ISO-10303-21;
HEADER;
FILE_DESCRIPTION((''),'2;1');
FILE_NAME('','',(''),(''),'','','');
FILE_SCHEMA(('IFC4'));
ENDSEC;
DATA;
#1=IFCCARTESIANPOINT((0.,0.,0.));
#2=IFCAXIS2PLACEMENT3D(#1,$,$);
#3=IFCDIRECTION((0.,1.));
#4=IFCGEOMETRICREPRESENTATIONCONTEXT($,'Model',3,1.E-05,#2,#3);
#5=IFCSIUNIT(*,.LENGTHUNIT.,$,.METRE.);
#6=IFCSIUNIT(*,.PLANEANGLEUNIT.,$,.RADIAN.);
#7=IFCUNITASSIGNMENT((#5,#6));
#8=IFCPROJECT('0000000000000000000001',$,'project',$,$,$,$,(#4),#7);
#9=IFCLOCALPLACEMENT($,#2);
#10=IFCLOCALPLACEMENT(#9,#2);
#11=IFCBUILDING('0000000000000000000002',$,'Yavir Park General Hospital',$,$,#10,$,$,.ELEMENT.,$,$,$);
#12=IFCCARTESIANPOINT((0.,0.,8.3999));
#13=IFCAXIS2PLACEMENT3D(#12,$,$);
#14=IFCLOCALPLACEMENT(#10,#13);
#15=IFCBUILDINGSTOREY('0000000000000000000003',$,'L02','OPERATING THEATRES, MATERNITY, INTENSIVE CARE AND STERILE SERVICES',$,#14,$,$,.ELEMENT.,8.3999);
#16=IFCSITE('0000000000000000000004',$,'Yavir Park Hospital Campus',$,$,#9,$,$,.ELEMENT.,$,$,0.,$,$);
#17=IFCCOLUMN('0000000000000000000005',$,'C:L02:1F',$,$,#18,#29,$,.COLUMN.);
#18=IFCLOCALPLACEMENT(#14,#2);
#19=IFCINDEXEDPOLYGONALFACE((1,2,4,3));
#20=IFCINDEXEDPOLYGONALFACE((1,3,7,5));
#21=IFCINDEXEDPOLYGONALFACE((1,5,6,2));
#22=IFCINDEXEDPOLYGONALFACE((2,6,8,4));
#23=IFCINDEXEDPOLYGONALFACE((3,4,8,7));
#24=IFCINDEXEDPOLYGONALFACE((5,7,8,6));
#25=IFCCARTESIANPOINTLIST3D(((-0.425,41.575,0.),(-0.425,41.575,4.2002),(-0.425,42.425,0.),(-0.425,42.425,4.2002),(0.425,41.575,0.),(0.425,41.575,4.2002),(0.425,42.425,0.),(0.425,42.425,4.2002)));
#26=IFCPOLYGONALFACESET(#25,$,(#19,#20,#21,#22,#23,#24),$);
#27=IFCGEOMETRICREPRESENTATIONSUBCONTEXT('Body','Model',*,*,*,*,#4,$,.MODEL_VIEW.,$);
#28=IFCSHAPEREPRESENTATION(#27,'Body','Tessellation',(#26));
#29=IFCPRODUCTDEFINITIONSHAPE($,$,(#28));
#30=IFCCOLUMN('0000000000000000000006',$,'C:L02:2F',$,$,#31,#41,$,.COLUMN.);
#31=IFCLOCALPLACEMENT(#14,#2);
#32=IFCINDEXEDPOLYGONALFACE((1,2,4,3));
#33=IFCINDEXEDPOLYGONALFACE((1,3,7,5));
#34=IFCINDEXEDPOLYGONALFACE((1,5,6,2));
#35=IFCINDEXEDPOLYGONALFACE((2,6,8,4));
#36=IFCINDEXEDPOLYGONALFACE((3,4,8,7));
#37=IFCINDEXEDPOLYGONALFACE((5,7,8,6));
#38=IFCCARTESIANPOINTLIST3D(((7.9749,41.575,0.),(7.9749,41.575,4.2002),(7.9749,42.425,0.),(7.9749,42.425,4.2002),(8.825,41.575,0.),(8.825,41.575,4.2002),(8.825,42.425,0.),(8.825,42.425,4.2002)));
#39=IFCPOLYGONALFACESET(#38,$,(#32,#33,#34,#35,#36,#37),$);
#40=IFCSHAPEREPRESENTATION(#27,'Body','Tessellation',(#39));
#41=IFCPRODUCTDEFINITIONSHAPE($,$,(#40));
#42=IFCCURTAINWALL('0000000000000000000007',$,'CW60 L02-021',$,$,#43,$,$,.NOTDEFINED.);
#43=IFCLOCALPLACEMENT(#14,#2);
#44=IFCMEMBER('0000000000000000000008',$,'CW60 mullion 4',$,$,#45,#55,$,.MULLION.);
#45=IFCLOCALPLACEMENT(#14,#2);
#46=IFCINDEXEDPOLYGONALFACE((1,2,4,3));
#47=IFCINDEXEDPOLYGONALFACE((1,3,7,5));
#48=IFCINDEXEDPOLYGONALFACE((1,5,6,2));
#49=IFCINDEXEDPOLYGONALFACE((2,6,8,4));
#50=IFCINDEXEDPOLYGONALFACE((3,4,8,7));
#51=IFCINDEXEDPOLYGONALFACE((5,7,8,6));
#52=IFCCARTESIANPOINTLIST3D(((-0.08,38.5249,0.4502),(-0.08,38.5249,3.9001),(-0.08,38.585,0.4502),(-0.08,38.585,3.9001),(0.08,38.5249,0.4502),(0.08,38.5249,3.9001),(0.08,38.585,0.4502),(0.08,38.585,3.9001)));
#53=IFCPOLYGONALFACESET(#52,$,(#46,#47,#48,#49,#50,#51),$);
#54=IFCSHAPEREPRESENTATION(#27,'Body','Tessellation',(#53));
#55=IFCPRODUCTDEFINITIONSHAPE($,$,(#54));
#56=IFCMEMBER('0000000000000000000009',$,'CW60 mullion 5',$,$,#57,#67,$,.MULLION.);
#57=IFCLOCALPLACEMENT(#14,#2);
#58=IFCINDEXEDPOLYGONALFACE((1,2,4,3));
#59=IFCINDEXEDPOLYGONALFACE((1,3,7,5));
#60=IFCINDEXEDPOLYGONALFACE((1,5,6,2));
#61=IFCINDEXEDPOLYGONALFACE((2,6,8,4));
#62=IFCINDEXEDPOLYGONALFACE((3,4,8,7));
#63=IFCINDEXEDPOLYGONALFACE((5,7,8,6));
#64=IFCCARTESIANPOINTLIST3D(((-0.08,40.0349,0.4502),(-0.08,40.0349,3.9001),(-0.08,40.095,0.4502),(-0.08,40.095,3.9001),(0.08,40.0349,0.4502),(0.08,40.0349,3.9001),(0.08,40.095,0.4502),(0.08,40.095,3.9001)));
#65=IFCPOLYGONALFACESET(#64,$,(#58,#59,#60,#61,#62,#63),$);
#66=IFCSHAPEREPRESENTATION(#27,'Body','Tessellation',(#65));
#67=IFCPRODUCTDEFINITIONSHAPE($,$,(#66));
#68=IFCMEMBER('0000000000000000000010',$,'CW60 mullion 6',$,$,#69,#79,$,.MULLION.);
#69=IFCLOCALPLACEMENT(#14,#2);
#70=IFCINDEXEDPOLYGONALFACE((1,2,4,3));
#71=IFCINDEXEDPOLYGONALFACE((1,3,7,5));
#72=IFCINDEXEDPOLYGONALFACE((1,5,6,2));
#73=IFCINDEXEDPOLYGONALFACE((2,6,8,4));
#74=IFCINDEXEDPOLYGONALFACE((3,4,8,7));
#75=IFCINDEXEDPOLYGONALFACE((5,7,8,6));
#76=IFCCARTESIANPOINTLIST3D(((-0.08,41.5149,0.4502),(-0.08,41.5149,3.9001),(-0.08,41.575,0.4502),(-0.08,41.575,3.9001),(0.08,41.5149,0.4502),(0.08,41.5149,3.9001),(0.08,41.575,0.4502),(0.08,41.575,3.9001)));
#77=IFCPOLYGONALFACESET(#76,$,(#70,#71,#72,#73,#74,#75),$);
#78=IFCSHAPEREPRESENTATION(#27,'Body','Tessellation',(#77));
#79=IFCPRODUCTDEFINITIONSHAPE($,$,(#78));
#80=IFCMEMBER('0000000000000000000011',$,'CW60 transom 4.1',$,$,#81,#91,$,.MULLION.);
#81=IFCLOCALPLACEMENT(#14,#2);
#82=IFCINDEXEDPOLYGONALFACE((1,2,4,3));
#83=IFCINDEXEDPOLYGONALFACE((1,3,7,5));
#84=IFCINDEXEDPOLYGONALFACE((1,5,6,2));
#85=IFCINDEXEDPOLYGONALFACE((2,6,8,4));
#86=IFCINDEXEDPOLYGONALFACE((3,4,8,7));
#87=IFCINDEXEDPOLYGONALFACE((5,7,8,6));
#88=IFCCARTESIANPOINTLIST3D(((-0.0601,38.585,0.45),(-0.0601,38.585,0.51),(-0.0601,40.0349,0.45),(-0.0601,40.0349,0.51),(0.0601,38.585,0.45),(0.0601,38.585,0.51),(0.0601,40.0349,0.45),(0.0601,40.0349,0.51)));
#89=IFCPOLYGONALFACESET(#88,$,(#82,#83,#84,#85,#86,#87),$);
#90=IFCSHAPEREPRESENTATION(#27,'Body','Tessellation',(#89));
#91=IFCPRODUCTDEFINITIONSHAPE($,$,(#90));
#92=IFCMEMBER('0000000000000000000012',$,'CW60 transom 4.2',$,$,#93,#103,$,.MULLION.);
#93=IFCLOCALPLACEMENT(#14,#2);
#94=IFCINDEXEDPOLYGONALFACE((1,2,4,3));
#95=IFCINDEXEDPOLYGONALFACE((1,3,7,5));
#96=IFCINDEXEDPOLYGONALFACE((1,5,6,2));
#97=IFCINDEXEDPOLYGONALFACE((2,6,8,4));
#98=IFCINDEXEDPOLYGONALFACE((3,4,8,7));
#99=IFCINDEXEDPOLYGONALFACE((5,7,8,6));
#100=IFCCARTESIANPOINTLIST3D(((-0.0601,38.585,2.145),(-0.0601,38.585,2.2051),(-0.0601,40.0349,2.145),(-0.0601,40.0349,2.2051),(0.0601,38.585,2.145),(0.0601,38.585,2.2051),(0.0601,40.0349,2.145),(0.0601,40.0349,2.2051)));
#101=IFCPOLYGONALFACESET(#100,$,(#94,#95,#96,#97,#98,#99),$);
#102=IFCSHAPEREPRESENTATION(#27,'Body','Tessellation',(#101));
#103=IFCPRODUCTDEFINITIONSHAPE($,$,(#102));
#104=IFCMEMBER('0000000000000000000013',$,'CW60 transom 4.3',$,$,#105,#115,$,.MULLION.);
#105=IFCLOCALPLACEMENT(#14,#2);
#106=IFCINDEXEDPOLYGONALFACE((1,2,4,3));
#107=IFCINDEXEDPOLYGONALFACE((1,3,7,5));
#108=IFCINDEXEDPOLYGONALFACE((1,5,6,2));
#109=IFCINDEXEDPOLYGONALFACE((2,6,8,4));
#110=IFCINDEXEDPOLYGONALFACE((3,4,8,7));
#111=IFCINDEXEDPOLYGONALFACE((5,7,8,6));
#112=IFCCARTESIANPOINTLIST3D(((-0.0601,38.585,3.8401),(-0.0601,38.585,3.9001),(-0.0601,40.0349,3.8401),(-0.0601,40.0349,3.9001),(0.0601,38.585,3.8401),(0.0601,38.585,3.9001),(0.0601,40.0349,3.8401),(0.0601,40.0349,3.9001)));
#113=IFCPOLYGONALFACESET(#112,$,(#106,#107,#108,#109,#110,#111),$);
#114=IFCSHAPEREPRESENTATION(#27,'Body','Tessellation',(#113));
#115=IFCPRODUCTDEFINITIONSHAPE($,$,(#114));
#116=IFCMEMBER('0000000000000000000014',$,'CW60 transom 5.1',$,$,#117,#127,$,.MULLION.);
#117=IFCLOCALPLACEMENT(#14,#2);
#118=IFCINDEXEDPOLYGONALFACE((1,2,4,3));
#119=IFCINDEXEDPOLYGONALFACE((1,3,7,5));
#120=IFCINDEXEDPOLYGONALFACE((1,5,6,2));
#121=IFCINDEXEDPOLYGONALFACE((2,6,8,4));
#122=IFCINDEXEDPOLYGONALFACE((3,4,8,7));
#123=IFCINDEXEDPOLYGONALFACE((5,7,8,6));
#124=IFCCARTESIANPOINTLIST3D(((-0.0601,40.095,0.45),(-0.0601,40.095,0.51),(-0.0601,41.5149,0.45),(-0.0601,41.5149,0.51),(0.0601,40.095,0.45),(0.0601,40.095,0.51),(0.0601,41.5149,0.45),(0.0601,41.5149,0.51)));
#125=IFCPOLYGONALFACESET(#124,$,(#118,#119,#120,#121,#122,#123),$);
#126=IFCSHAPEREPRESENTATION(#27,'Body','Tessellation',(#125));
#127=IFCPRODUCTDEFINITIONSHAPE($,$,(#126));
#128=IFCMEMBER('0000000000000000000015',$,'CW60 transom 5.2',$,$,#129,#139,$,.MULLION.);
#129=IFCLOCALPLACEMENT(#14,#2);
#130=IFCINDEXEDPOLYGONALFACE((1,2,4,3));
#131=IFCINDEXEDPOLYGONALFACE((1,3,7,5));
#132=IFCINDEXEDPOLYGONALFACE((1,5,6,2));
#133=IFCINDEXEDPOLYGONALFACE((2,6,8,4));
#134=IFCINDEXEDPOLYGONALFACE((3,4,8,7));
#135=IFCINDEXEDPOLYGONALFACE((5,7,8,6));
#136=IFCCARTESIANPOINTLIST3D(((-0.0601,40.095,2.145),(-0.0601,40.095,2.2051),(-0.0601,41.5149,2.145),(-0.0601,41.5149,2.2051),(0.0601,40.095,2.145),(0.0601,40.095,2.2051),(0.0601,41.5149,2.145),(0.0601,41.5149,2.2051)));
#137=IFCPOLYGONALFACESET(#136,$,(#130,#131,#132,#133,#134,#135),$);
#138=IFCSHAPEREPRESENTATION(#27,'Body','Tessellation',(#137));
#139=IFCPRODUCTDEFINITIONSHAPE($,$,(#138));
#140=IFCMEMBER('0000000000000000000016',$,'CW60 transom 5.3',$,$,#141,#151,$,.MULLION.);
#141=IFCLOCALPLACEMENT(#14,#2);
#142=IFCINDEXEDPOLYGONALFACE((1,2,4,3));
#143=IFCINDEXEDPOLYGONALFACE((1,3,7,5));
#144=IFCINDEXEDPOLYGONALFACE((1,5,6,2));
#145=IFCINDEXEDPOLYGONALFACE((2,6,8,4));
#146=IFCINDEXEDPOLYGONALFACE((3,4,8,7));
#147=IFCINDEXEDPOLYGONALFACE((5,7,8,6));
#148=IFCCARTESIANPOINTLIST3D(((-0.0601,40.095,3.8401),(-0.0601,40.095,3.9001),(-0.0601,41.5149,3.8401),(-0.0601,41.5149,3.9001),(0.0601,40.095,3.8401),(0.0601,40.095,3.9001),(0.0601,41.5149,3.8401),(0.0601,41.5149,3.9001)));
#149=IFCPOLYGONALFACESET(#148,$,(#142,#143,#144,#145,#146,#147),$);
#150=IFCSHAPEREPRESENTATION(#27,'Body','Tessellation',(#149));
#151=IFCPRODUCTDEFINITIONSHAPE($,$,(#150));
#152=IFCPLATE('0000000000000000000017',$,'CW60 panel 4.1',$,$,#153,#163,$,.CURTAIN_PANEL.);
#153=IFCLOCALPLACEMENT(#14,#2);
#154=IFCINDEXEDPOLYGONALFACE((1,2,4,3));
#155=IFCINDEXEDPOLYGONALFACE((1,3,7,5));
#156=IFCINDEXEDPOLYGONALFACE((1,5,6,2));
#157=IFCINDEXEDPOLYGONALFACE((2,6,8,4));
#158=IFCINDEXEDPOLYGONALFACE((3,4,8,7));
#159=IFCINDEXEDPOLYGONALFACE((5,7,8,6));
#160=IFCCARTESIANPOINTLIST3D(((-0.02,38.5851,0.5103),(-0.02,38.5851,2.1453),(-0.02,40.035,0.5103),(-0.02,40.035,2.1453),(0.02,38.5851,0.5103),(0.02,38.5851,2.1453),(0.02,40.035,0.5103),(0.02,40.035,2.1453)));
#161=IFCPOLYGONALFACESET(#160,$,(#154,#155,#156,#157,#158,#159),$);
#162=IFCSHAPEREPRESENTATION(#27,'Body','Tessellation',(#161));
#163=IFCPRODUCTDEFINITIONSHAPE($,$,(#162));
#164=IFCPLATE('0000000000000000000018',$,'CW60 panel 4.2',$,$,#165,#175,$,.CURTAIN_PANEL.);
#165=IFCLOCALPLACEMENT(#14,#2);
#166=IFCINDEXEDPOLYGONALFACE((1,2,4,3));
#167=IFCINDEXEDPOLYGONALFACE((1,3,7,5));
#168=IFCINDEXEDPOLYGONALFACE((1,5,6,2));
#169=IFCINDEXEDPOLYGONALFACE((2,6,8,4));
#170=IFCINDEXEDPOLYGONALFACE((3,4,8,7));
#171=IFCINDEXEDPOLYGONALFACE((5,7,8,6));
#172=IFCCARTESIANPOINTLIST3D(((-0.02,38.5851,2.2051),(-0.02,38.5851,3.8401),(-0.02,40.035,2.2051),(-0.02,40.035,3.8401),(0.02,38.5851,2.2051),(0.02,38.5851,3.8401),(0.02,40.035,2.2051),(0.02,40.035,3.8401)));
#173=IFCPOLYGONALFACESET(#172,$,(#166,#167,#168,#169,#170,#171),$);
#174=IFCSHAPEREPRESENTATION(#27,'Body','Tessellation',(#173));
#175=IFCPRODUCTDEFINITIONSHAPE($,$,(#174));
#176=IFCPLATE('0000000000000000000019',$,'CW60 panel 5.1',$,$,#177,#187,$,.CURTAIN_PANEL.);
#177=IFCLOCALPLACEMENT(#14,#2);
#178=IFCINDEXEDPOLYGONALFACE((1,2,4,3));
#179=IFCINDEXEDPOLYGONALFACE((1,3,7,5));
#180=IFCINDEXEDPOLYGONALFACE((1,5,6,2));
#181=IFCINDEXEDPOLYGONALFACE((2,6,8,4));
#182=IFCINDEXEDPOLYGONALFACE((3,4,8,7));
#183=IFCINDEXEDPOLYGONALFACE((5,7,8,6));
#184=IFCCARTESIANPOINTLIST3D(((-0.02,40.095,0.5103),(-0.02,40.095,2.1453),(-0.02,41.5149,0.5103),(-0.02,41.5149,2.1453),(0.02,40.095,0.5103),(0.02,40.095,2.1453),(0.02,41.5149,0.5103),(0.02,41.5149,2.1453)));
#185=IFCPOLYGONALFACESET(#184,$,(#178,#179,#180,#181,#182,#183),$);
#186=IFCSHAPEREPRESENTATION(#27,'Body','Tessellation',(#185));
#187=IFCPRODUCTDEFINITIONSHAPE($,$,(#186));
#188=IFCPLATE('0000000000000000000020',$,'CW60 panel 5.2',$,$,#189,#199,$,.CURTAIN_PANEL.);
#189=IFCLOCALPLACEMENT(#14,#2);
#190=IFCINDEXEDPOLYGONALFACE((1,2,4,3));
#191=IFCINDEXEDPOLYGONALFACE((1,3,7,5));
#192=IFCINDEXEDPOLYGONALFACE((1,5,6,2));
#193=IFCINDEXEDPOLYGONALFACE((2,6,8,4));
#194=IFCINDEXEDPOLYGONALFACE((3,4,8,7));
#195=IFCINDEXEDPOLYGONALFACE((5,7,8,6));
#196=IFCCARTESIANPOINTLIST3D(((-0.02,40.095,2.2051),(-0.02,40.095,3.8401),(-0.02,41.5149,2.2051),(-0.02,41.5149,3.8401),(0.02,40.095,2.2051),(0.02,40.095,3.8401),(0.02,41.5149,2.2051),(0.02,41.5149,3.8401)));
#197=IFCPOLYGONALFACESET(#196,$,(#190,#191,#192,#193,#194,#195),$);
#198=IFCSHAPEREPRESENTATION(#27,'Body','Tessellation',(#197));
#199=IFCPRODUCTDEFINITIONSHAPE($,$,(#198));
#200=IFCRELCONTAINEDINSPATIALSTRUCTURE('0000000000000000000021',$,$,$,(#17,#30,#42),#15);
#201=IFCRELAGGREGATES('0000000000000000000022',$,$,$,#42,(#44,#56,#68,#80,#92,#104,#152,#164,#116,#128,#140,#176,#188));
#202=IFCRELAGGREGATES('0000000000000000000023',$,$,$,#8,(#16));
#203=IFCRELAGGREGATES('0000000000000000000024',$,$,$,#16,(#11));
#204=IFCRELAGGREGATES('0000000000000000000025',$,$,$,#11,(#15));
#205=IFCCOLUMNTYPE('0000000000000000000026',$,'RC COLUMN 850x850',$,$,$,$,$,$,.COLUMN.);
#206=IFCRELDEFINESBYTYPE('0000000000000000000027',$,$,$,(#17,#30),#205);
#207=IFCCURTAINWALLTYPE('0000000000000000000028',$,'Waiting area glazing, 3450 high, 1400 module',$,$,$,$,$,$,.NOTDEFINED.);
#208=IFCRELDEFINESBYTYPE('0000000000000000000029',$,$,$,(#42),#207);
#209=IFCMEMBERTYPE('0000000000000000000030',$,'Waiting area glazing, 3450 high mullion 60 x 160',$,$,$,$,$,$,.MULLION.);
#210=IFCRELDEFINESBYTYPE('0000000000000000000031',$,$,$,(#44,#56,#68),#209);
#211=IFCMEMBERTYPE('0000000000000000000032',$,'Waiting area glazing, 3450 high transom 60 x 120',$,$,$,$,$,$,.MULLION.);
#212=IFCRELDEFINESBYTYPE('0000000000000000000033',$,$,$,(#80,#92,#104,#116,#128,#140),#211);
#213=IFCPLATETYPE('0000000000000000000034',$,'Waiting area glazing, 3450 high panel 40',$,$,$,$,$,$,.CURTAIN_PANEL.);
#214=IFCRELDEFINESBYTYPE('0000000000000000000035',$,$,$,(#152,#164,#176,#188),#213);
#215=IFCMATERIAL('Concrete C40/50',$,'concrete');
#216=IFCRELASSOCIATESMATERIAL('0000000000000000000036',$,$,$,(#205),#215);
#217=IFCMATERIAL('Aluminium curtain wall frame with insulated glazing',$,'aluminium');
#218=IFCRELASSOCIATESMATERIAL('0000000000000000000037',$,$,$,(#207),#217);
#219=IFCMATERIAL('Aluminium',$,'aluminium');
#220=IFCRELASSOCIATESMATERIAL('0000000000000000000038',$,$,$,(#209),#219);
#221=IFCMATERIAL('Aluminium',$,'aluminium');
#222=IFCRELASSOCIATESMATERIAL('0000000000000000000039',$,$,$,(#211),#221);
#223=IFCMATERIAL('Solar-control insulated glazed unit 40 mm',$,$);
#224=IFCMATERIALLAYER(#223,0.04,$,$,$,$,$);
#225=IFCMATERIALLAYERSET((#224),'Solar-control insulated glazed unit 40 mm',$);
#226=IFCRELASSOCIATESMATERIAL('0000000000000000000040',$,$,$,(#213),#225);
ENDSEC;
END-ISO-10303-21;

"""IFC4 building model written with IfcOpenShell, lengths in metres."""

from ifc_helpers import new_model, si_unit, direction, frame, origin, origin_2d, place, context, subcontext, project, spatial, rectangle, extrude, material, layer, layer_set, material_profile, profile_set, type_object, element, aggregate, save


model = new_model("IFC4")

# Units and contexts
model_context = context("Model", 3, precision=1e-05, world=origin(), true_north=direction((0.0, 1.0)))
body_context = subcontext(model_context, "Body", "Model", "MODEL_VIEW")
ifc_project = project(units=[si_unit("LENGTHUNIT", "METRE"), si_unit("PLANEANGLEUNIT", "RADIAN")], contexts=[model_context])

# Site, building, storey
site_placement = place(None, origin())
site = spatial("IfcSite", under=ifc_project, at=site_placement, Name="Yavir Park Hospital Campus", CompositionType="ELEMENT", RefElevation=0.0)
building_placement = place(site_placement, origin())
building = spatial("IfcBuilding", under=site, at=building_placement, Name="Yavir Park General Hospital", CompositionType="ELEMENT")
storey_placement = place(building_placement, frame((0.0, 0.0, 8.3999)))
storey = spatial("IfcBuildingStorey", under=building, at=storey_placement, Name="L02", Description="OPERATING THEATRES, MATERNITY, INTENSIVE CARE AND STERILE SERVICES", CompositionType="ELEMENT", Elevation=8.3999)

# Columns
ifc_material_1 = material(Name="Concrete C40/50", Category="concrete")
ifc_material_profile_1 = material_profile(ifc_material_1, rectangle(XDim=0.8501, YDim=0.8501, at=origin_2d()), Name="RC850x850")
ifc_profile_set_1 = profile_set([ifc_material_profile_1], Name="Concrete C40/50")
column_type = type_object("IfcColumnType", Name="RC COLUMN 850x850", PredefinedType="COLUMN", material=ifc_profile_set_1)
for number, where, z_axis, x_axis, name in (
    (1, (0.0, 42.0, 0.0), (0.0, 0.0, 1.0), (1.0, 0.0, 0.0), "C:L02:1F"),
    (2, (8.3999, 42.0, 0.0), (0.0, 0.0, 1.0), (1.0, 0.0, 0.0), "C:L02:2F"),
):
    element("IfcColumn", number, at=place(storey_placement, frame(where, z_axis=z_axis, x_axis=x_axis)), inside=storey, type_object=column_type, Name=name, PredefinedType="COLUMN", context=body_context, shape_type="SweptSolid", body=[
        extrude(rectangle(XDim=0.8501, YDim=0.8501, at=origin_2d()), origin(), (0.0, 0.0, 1.0), 4.2002),
    ])

# Curtain wall, members, plates
ifc_material_2 = material(Name="Aluminium curtain wall frame with insulated glazing", Category="aluminium")
curtain_wall_type = type_object("IfcCurtainWallType", Name="Waiting area glazing, 3450 high, 1400 module", PredefinedType="NOTDEFINED", material=ifc_material_2)
curtain_wall_placement = place(storey_placement, origin())
curtain_wall = element("IfcCurtainWall", 3, at=curtain_wall_placement, inside=storey, type_object=curtain_wall_type, Name="CW60 L02-021", PredefinedType="NOTDEFINED")
ifc_material_3 = material(Name="Aluminium", Category="aluminium")
ifc_material_profile_2 = material_profile(ifc_material_3, rectangle(XDim=0.1599, YDim=0.0601, at=origin_2d()), Name="AL 60x160")
ifc_profile_set_2 = profile_set([ifc_material_profile_2], Name="Aluminium")
member_type_1 = type_object("IfcMemberType", Name="Waiting area glazing, 3450 high mullion 60 x 160", PredefinedType="MULLION", material=ifc_profile_set_2)
member_1_placement = place(storey_placement, frame((0.0, 38.5549, 0.4502), z_axis=(0.0, 0.0, 1.0), x_axis=(-1.0, 0.0, 0.0)))
member_1 = element("IfcMember", 4, at=member_1_placement, type_object=member_type_1, Name="CW60 mullion 4", PredefinedType="MULLION", context=body_context, shape_type="SweptSolid", body=[
    extrude(rectangle(XDim=0.1599, YDim=0.0601, at=origin_2d()), origin(), (0.0, 0.0, 1.0), 3.45),
])
member_2_placement = place(storey_placement, frame((0.0, 40.0649, 0.4502), z_axis=(0.0, 0.0, 1.0), x_axis=(-1.0, 0.0, 0.0)))
member_2 = element("IfcMember", 5, at=member_2_placement, type_object=member_type_1, Name="CW60 mullion 5", PredefinedType="MULLION", context=body_context, shape_type="SweptSolid", body=[
    extrude(rectangle(XDim=0.1599, YDim=0.0601, at=origin_2d()), origin(), (0.0, 0.0, 1.0), 3.45),
])
member_3_placement = place(storey_placement, frame((0.0, 41.5449, 0.4502), z_axis=(0.0, 0.0, 1.0), x_axis=(-1.0, 0.0, 0.0)))
member_3 = element("IfcMember", 6, at=member_3_placement, type_object=member_type_1, Name="CW60 mullion 6", PredefinedType="MULLION", context=body_context, shape_type="SweptSolid", body=[
    extrude(rectangle(XDim=0.1599, YDim=0.0601, at=origin_2d()), origin(), (0.0, 0.0, 1.0), 3.45),
])
ifc_material_4 = material(Name="Aluminium", Category="aluminium")
ifc_material_profile_3 = material_profile(ifc_material_4, rectangle(XDim=0.1201, YDim=0.0601, at=origin_2d()), Name="AL 120x60")
ifc_profile_set_3 = profile_set([ifc_material_profile_3], Name="Aluminium")
member_type_2 = type_object("IfcMemberType", Name="Waiting area glazing, 3450 high transom 60 x 120", PredefinedType="MULLION", material=ifc_profile_set_3)
member_4_placement = place(storey_placement, frame((0.0, 38.585, 0.48), z_axis=(0.0, 1.0, 0.0), x_axis=(-1.0, 0.0, 0.0)))
member_4 = element("IfcMember", 7, at=member_4_placement, type_object=member_type_2, Name="CW60 transom 4.1", PredefinedType="MULLION", context=body_context, shape_type="SweptSolid", body=[
    extrude(rectangle(XDim=0.1201, YDim=0.0601, at=origin_2d()), origin(), (0.0, 0.0, 1.0), 1.45),
])
member_5_placement = place(storey_placement, frame((0.0, 38.585, 2.175), z_axis=(0.0, 1.0, 0.0), x_axis=(-1.0, 0.0, 0.0)))
member_5 = element("IfcMember", 8, at=member_5_placement, type_object=member_type_2, Name="CW60 transom 4.2", PredefinedType="MULLION", context=body_context, shape_type="SweptSolid", body=[
    extrude(rectangle(XDim=0.1201, YDim=0.0601, at=origin_2d()), origin(), (0.0, 0.0, 1.0), 1.45),
])
member_6_placement = place(storey_placement, frame((0.0, 38.585, 3.8701), z_axis=(0.0, 1.0, 0.0), x_axis=(-1.0, 0.0, 0.0)))
member_6 = element("IfcMember", 9, at=member_6_placement, type_object=member_type_2, Name="CW60 transom 4.3", PredefinedType="MULLION", context=body_context, shape_type="SweptSolid", body=[
    extrude(rectangle(XDim=0.1201, YDim=0.0601, at=origin_2d()), origin(), (0.0, 0.0, 1.0), 1.45),
])
member_7_placement = place(storey_placement, frame((0.0, 40.095, 0.48), z_axis=(0.0, 1.0, 0.0), x_axis=(-1.0, 0.0, 0.0)))
member_7 = element("IfcMember", 10, at=member_7_placement, type_object=member_type_2, Name="CW60 transom 5.1", PredefinedType="MULLION", context=body_context, shape_type="SweptSolid", body=[
    extrude(rectangle(XDim=0.1201, YDim=0.0601, at=origin_2d()), origin(), (0.0, 0.0, 1.0), 1.4199),
])
member_8_placement = place(storey_placement, frame((0.0, 40.095, 2.175), z_axis=(0.0, 1.0, 0.0), x_axis=(-1.0, 0.0, 0.0)))
member_8 = element("IfcMember", 11, at=member_8_placement, type_object=member_type_2, Name="CW60 transom 5.2", PredefinedType="MULLION", context=body_context, shape_type="SweptSolid", body=[
    extrude(rectangle(XDim=0.1201, YDim=0.0601, at=origin_2d()), origin(), (0.0, 0.0, 1.0), 1.4199),
])
member_9_placement = place(storey_placement, frame((0.0, 40.095, 3.8701), z_axis=(0.0, 1.0, 0.0), x_axis=(-1.0, 0.0, 0.0)))
member_9 = element("IfcMember", 12, at=member_9_placement, type_object=member_type_2, Name="CW60 transom 5.3", PredefinedType="MULLION", context=body_context, shape_type="SweptSolid", body=[
    extrude(rectangle(XDim=0.1201, YDim=0.0601, at=origin_2d()), origin(), (0.0, 0.0, 1.0), 1.4199),
])
ifc_material_5 = material(Name="Solar-control insulated glazed unit 40 mm")
ifc_layer_1 = layer(ifc_material_5, 0.04)
ifc_layer_set_1 = layer_set([ifc_layer_1], Name="Solar-control insulated glazed unit 40 mm")
plate_type = type_object("IfcPlateType", Name="Waiting area glazing, 3450 high panel 40", PredefinedType="CURTAIN_PANEL", material=ifc_layer_set_1)
plate_1_placement = place(storey_placement, frame((0.0, 39.3101, 0.5103), z_axis=(0.0, 0.0, 1.0), x_axis=(0.0, 1.0, 0.0)))
plate_1 = element("IfcPlate", 13, at=plate_1_placement, type_object=plate_type, Name="CW60 panel 4.1", PredefinedType="CURTAIN_PANEL", context=body_context, shape_type="SweptSolid", body=[
    extrude(rectangle(XDim=1.45, YDim=0.04, at=origin_2d()), origin(), (0.0, 0.0, 1.0), 1.635),
])
plate_2_placement = place(storey_placement, frame((0.0, 39.3101, 2.2051), z_axis=(0.0, 0.0, 1.0), x_axis=(0.0, 1.0, 0.0)))
plate_2 = element("IfcPlate", 14, at=plate_2_placement, type_object=plate_type, Name="CW60 panel 4.2", PredefinedType="CURTAIN_PANEL", context=body_context, shape_type="SweptSolid", body=[
    extrude(rectangle(XDim=1.45, YDim=0.04, at=origin_2d()), origin(), (0.0, 0.0, 1.0), 1.635),
])
plate_3_placement = place(storey_placement, frame((0.0, 40.8049, 0.5103), z_axis=(0.0, 0.0, 1.0), x_axis=(0.0, 1.0, 0.0)))
plate_3 = element("IfcPlate", 15, at=plate_3_placement, type_object=plate_type, Name="CW60 panel 5.1", PredefinedType="CURTAIN_PANEL", context=body_context, shape_type="SweptSolid", body=[
    extrude(rectangle(XDim=1.4199, YDim=0.04, at=origin_2d()), origin(), (0.0, 0.0, 1.0), 1.635),
])
plate_4_placement = place(storey_placement, frame((0.0, 40.8049, 2.2051), z_axis=(0.0, 0.0, 1.0), x_axis=(0.0, 1.0, 0.0)))
plate_4 = element("IfcPlate", 16, at=plate_4_placement, type_object=plate_type, Name="CW60 panel 5.2", PredefinedType="CURTAIN_PANEL", context=body_context, shape_type="SweptSolid", body=[
    extrude(rectangle(XDim=1.4199, YDim=0.04, at=origin_2d()), origin(), (0.0, 0.0, 1.0), 1.635),
])
aggregate(curtain_wall, [member_1, member_2, member_3, member_4, member_5, member_6, plate_1, plate_2, member_7, member_8, member_9, plate_3, plate_4])

save(model, "model.ifc")
